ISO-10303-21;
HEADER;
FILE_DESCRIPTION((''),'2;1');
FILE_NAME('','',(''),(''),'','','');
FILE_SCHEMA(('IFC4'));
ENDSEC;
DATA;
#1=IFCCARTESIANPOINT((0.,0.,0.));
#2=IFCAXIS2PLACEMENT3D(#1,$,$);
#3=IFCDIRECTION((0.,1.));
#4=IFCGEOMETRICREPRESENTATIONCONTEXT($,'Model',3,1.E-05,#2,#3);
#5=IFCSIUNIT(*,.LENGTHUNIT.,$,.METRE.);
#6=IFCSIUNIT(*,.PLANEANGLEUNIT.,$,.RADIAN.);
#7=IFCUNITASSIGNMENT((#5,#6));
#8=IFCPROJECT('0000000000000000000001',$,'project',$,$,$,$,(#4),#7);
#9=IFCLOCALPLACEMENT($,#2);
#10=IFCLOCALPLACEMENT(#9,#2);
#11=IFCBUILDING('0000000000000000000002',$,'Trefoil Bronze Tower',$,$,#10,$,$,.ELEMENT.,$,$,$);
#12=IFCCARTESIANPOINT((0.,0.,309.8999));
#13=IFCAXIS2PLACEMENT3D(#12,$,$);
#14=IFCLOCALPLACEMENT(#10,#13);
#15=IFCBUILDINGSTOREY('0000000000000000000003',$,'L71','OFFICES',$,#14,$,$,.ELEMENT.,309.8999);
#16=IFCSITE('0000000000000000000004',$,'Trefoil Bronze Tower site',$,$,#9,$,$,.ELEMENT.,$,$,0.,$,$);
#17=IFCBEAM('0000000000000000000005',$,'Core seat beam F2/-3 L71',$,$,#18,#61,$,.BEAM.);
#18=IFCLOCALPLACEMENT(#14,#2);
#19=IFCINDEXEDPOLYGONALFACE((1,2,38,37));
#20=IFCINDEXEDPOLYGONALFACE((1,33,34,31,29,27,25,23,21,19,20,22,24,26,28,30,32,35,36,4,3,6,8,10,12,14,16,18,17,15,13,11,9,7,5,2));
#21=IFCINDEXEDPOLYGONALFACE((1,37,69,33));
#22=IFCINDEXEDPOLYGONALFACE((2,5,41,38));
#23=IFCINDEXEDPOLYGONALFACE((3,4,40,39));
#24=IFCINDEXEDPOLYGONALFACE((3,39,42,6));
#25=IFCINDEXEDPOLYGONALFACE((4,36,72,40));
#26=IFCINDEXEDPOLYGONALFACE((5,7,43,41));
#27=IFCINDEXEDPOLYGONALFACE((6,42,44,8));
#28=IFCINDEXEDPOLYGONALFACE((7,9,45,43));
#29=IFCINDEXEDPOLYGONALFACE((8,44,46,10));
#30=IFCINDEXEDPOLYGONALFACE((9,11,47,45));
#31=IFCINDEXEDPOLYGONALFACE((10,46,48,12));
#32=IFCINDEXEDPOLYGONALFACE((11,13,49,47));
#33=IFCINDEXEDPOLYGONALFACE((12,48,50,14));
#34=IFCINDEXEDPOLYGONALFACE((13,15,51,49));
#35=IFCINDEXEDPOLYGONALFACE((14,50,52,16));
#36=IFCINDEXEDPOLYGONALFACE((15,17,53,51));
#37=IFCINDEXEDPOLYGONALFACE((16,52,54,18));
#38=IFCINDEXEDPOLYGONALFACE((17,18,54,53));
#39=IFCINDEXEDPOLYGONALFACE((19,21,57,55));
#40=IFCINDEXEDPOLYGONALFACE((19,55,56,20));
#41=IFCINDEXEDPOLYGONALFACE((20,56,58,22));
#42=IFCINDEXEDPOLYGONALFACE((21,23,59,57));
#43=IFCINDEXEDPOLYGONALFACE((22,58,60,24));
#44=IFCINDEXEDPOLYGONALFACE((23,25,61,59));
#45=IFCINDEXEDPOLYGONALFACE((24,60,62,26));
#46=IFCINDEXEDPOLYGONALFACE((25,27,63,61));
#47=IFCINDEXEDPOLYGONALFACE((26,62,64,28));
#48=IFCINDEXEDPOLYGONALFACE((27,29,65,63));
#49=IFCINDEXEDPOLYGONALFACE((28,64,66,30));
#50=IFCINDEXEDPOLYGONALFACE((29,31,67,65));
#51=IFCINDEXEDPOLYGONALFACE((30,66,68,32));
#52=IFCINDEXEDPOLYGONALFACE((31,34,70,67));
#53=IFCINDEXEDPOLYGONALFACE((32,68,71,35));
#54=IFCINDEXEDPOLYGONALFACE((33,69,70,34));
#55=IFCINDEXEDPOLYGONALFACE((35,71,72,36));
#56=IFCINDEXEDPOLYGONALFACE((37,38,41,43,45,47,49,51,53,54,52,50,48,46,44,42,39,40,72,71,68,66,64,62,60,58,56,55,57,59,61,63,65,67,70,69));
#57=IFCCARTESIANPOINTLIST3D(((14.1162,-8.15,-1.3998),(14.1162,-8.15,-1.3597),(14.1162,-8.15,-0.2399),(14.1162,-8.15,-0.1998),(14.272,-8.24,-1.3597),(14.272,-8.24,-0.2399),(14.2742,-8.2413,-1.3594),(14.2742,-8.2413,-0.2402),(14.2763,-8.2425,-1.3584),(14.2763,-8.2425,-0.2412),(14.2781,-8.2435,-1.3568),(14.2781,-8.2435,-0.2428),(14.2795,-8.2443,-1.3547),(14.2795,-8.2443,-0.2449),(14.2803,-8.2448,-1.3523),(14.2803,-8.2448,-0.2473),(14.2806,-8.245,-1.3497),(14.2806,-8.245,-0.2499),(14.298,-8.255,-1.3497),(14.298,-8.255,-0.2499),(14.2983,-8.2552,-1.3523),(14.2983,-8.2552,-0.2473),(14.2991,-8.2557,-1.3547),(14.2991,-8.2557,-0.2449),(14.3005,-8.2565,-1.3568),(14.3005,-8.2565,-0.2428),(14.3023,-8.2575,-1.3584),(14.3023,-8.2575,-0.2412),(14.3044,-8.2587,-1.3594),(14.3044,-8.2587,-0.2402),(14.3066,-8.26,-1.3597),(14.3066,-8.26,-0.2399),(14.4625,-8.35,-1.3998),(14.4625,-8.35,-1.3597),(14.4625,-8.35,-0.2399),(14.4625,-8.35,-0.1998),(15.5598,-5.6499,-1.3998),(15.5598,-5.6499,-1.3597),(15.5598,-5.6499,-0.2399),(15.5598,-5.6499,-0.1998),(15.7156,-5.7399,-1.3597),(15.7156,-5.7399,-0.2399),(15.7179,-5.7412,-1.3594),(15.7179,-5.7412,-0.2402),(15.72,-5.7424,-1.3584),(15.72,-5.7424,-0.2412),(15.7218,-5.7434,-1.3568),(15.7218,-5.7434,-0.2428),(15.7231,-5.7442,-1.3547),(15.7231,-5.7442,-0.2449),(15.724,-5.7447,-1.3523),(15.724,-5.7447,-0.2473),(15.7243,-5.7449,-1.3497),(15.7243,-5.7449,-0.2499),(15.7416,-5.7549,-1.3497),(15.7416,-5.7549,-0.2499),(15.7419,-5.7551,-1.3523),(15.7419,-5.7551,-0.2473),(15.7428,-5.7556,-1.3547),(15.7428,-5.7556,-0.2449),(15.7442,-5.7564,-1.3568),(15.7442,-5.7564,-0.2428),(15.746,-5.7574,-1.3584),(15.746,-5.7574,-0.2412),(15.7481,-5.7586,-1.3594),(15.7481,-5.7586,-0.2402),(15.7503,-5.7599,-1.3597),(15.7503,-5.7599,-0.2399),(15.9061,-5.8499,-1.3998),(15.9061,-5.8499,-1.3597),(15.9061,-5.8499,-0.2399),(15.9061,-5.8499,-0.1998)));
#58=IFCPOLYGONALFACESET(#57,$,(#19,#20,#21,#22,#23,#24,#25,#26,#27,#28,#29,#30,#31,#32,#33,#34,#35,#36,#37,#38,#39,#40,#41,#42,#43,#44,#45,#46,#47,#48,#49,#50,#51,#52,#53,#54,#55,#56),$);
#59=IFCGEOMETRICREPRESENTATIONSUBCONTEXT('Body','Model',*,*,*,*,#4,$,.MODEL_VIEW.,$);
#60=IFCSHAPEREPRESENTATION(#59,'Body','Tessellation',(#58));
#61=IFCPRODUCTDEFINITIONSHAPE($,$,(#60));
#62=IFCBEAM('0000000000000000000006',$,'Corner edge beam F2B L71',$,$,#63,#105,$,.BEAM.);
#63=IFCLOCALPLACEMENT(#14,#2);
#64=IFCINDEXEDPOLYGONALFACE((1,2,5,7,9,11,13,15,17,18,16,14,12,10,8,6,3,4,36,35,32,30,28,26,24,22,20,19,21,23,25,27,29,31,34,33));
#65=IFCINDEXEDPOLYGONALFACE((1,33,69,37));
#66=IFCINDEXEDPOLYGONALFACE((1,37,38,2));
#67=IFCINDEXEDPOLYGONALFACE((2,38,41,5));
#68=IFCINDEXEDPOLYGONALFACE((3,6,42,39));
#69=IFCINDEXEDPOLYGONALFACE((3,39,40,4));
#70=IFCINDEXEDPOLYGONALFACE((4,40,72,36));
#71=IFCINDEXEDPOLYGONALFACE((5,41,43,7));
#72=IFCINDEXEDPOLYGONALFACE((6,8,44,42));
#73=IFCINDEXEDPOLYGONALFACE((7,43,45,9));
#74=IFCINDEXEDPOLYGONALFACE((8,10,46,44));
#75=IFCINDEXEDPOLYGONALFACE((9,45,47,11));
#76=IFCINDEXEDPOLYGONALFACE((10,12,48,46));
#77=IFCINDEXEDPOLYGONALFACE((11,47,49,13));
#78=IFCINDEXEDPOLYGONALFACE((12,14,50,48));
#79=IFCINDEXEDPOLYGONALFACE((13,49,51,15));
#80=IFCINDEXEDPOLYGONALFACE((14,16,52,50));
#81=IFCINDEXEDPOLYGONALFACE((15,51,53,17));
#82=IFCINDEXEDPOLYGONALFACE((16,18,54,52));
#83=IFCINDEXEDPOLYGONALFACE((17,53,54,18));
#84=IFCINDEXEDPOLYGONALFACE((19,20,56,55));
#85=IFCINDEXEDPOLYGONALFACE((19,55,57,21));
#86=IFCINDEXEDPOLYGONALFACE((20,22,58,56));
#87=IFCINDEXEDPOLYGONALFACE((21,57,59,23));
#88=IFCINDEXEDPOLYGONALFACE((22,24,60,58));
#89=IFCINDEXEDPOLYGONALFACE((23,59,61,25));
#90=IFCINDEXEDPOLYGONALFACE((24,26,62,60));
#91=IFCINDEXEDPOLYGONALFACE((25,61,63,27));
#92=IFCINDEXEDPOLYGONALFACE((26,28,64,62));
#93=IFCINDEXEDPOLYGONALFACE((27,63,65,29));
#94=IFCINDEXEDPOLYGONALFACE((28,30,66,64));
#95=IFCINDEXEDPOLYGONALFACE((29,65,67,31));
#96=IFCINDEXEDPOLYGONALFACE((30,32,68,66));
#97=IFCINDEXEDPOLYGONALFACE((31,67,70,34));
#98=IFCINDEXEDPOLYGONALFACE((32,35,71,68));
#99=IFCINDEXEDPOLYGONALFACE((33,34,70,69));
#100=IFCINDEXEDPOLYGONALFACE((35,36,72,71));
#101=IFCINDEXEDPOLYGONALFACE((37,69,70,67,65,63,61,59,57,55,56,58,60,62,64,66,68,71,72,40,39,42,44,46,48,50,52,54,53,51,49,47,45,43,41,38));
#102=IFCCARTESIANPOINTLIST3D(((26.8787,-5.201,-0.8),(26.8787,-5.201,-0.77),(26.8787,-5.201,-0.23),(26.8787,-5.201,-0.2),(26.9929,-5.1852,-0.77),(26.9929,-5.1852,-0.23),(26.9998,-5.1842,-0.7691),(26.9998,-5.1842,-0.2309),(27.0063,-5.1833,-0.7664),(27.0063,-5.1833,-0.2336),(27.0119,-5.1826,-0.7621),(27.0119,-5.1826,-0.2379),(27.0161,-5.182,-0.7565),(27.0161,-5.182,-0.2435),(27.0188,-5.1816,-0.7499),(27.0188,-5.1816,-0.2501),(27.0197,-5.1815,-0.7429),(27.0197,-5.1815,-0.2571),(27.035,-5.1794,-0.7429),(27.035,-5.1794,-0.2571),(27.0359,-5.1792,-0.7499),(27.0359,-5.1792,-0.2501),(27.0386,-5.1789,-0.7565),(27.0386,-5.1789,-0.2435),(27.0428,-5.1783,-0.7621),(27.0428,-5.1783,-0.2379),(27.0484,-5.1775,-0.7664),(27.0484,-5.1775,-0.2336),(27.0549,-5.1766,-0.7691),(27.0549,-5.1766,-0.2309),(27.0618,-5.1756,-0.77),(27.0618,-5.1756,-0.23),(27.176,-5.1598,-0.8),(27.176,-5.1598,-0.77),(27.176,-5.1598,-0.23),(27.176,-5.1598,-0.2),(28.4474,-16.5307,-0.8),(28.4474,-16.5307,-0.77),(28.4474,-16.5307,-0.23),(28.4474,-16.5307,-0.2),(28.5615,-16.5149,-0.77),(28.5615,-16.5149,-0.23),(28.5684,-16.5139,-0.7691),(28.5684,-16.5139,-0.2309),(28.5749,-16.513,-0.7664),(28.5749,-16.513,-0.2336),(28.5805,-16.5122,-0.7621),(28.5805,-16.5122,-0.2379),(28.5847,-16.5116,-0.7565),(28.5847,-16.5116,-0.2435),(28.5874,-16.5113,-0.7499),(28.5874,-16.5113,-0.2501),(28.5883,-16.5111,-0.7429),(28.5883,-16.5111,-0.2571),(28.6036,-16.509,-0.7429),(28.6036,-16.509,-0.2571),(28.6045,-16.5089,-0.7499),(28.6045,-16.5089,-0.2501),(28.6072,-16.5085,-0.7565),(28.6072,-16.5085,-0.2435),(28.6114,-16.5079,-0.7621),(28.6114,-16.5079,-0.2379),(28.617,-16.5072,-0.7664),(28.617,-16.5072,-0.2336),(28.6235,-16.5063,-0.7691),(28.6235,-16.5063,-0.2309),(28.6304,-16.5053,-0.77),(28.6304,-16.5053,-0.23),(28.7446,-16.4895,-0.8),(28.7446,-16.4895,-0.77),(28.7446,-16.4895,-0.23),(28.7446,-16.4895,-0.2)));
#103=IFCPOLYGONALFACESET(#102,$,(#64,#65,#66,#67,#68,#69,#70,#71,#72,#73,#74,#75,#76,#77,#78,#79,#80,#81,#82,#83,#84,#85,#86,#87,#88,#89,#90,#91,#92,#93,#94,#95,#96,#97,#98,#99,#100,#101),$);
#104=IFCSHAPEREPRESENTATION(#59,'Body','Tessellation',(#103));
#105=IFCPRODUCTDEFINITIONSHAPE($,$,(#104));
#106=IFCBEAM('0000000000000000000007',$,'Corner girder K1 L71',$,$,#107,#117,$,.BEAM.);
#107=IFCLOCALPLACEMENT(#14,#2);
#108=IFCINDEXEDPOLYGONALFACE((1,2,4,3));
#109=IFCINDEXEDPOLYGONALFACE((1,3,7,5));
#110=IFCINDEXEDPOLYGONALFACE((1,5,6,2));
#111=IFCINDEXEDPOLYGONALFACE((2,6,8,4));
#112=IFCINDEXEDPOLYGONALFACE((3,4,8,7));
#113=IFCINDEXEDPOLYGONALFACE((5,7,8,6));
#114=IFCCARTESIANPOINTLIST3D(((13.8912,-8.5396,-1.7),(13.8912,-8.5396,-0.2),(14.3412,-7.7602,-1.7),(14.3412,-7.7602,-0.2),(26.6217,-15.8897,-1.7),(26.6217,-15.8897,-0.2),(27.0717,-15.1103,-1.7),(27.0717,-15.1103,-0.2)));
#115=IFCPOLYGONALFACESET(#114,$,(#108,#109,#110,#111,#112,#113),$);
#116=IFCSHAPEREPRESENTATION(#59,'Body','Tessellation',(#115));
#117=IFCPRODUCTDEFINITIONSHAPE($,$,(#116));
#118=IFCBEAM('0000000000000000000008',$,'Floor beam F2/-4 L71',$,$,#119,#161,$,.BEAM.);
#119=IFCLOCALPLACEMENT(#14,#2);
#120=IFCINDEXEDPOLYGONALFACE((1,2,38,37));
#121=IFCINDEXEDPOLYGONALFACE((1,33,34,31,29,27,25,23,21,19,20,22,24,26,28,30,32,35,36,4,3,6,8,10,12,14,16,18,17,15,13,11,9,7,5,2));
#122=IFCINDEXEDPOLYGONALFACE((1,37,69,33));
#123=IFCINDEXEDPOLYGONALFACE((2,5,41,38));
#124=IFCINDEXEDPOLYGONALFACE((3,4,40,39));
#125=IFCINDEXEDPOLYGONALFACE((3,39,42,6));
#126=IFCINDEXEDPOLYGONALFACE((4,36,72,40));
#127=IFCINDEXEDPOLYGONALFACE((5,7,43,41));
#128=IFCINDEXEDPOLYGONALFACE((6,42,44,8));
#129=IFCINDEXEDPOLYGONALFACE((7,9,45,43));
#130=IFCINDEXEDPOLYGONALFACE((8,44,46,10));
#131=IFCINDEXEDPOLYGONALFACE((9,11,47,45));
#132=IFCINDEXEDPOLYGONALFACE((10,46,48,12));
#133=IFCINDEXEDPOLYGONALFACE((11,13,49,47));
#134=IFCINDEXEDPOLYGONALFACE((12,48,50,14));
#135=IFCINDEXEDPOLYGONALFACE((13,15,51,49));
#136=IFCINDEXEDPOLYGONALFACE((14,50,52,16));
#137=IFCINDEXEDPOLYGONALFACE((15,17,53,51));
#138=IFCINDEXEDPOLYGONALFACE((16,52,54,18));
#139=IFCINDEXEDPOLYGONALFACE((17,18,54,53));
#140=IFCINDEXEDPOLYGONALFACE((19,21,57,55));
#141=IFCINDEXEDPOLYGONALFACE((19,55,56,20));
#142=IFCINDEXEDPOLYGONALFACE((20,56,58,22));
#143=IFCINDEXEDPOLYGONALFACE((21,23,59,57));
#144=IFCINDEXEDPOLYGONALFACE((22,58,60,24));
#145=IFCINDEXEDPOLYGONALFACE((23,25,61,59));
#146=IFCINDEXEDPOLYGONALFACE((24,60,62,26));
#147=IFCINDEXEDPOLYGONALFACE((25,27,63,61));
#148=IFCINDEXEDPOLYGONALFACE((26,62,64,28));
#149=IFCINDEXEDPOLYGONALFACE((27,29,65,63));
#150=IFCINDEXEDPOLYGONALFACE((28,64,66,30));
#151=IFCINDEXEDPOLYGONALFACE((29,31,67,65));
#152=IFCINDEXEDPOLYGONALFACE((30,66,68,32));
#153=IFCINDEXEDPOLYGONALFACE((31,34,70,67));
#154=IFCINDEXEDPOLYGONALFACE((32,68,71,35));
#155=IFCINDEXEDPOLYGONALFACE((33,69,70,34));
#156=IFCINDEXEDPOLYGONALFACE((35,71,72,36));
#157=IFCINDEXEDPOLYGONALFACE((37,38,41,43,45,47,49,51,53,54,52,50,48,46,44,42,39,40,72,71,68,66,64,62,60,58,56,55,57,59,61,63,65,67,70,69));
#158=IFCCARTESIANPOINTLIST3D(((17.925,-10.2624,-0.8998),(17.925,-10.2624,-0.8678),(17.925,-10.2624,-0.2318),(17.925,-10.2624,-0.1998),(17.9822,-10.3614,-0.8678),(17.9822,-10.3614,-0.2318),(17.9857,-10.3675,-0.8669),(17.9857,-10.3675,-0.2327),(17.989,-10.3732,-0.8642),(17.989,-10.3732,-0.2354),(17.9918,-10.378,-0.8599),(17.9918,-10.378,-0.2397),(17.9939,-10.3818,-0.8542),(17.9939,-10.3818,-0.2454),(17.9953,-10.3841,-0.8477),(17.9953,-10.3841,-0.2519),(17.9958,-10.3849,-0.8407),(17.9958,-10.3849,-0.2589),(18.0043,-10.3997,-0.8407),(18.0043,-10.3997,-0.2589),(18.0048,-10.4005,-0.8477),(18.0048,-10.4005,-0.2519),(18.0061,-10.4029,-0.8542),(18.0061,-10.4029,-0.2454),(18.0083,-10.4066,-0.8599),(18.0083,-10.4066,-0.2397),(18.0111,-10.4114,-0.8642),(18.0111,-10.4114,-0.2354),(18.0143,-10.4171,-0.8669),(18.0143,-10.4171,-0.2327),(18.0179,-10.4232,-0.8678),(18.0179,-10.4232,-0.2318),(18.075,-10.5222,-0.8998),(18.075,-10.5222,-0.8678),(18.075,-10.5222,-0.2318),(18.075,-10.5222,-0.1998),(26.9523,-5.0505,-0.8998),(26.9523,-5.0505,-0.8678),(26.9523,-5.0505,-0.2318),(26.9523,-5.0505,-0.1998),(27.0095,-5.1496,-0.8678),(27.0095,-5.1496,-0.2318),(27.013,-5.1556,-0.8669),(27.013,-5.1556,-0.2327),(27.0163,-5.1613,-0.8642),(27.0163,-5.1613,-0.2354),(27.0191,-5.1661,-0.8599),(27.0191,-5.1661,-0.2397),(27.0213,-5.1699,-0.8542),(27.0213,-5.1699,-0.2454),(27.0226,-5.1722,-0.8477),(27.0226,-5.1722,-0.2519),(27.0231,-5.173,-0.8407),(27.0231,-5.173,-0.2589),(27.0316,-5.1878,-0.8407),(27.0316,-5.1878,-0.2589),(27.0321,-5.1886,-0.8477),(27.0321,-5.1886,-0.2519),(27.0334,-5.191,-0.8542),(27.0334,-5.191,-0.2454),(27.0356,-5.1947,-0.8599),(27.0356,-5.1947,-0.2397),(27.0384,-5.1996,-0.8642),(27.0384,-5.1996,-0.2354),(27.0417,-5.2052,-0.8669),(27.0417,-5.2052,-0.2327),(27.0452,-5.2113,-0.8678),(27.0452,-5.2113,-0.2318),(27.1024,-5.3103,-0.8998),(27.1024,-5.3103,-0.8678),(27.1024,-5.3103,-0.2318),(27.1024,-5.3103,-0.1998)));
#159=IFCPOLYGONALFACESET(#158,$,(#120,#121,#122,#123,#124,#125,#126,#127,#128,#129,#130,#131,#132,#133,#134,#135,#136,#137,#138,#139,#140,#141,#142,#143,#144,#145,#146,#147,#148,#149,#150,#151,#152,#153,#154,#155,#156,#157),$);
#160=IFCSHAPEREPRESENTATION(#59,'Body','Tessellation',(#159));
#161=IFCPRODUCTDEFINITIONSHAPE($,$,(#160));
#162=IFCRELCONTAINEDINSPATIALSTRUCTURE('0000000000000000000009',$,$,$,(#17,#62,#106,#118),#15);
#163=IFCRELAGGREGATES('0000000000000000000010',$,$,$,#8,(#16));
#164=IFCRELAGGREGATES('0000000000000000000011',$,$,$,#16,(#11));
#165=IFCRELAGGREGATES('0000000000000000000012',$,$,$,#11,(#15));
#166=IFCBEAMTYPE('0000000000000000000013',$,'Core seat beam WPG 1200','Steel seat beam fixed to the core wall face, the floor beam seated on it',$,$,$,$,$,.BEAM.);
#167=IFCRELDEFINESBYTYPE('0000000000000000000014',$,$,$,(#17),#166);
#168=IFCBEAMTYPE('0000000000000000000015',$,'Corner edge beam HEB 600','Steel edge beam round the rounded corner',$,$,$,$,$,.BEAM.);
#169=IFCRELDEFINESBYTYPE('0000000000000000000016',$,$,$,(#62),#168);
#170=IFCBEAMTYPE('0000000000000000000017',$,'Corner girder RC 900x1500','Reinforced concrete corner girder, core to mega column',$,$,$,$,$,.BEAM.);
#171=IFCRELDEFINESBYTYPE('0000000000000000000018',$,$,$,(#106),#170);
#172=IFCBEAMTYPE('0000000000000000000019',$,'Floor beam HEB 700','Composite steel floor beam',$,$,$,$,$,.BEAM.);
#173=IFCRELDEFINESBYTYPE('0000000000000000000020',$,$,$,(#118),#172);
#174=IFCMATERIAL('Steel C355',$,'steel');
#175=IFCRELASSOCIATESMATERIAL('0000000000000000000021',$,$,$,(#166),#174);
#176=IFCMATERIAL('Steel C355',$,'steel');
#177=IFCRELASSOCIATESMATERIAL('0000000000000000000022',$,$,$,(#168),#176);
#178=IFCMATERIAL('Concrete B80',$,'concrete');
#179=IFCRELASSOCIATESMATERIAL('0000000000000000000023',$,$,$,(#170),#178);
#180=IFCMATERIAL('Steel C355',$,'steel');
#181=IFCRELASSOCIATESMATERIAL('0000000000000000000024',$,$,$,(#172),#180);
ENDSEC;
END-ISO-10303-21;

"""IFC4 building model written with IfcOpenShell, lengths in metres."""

from ifc_helpers import new_model, si_unit, direction, frame, origin, origin_2d, place, context, subcontext, project, spatial, rectangle, i_section, extrude, material, material_profile, profile_set, type_object, element, save


model = new_model("IFC4")

# Units and contexts
model_context = context("Model", 3, precision=1e-05, world=origin(), true_north=direction((0.0, 1.0)))
body_context = subcontext(model_context, "Body", "Model", "MODEL_VIEW")
ifc_project = project(units=[si_unit("LENGTHUNIT", "METRE"), si_unit("PLANEANGLEUNIT", "RADIAN")], contexts=[model_context])

# Site, building, storey
site_placement = place(None, origin())
site = spatial("IfcSite", under=ifc_project, at=site_placement, Name="Trefoil Bronze Tower site", CompositionType="ELEMENT", RefElevation=0.0)
building_placement = place(site_placement, origin())
building = spatial("IfcBuilding", under=site, at=building_placement, Name="Trefoil Bronze Tower", CompositionType="ELEMENT")
storey_placement = place(building_placement, frame((0.0, 0.0, 309.8999)))
storey = spatial("IfcBuildingStorey", under=building, at=storey_placement, Name="L71", Description="OFFICES", CompositionType="ELEMENT", Elevation=309.8999)

# Beams
ifc_material_1 = material(Name="Steel C355", Category="steel")
ifc_material_profile_1 = material_profile(ifc_material_1, i_section(OverallWidth=0.3999, OverallDepth=1.2, WebThickness=0.02, FlangeThickness=0.04, FilletRadius=0.01, at=origin_2d()), Name="WPG 1200")
ifc_profile_set_1 = profile_set([ifc_material_profile_1], Name="Steel C355")
beam_type_1 = type_object("IfcBeamType", Name="Core seat beam WPG 1200", Description="Steel seat beam fixed to the core wall face, the floor beam seated on it", PredefinedType="BEAM", material=ifc_profile_set_1)
beam_1_placement = place(storey_placement, frame((14.2893, -8.25, -0.7998), z_axis=(0.500059, 0.865991, 0.0), x_axis=(-0.865991, 0.500059, 0.0)))
element("IfcBeam", 1, at=beam_1_placement, inside=storey, type_object=beam_type_1, Name="Core seat beam F2/-3 L71", PredefinedType="BEAM", context=body_context, shape_type="SweptSolid", body=[
    extrude(i_section(OverallWidth=0.3999, OverallDepth=1.2, WebThickness=0.02, FlangeThickness=0.04, FilletRadius=0.01, at=origin_2d()), origin(), (0.0, 0.0, 1.0), 2.887),
])
ifc_material_2 = material(Name="Steel C355", Category="steel")
ifc_material_profile_2 = material_profile(ifc_material_2, i_section(OverallWidth=0.3, OverallDepth=0.6001, WebThickness=0.0154, FlangeThickness=0.03, FilletRadius=0.0271, at=origin_2d()), Name="HEB 600")
ifc_profile_set_2 = profile_set([ifc_material_profile_2], Name="Steel C355")
beam_type_2 = type_object("IfcBeamType", Name="Corner edge beam HEB 600", Description="Steel edge beam round the rounded corner", PredefinedType="BEAM", material=ifc_profile_set_2)
beam_2_placement = place(storey_placement, frame((27.0273, -5.1804, -0.5), z_axis=(0.137144, -0.990551, 0.0), x_axis=(0.990551, 0.137144, 0.0)))
element("IfcBeam", 2, at=beam_2_placement, inside=storey, type_object=beam_type_2, Name="Corner edge beam F2B L71", PredefinedType="BEAM", context=body_context, shape_type="SweptSolid", body=[
    extrude(i_section(OverallWidth=0.3, OverallDepth=0.6001, WebThickness=0.0154, FlangeThickness=0.03, FilletRadius=0.0271, at=origin_2d()), origin(), (0.0, 0.0, 1.0), 11.4377),
])
ifc_material_3 = material(Name="Concrete B80", Category="concrete")
ifc_material_profile_3 = material_profile(ifc_material_3, rectangle(XDim=0.8999, YDim=1.5, at=origin_2d()), Name="RC 900x1500")
ifc_profile_set_3 = profile_set([ifc_material_profile_3], Name="Concrete B80")
beam_type_3 = type_object("IfcBeamType", Name="Corner girder RC 900x1500", Description="Reinforced concrete corner girder, core to mega column", PredefinedType="BEAM", material=ifc_profile_set_3)
beam_3_placement = place(storey_placement, frame((14.1162, -8.1499, -0.95), z_axis=(0.866021, -0.500008, 0.0), x_axis=(0.500008, 0.866021, 0.0)))
element("IfcBeam", 3, at=beam_3_placement, inside=storey, type_object=beam_type_3, Name="Corner girder K1 L71", PredefinedType="BEAM", context=body_context, shape_type="SweptSolid", body=[
    extrude(rectangle(XDim=0.8999, YDim=1.5, at=origin_2d()), origin(), (0.0, 0.0, 1.0), 14.7),
])
ifc_material_4 = material(Name="Steel C355", Category="steel")
ifc_material_profile_4 = material_profile(ifc_material_4, i_section(OverallWidth=0.3, OverallDepth=0.7, WebThickness=0.0171, FlangeThickness=0.032, FilletRadius=0.0271, at=origin_2d()), Name="HEB 700")
ifc_profile_set_4 = profile_set([ifc_material_profile_4], Name="Steel C355")
beam_type_4 = type_object("IfcBeamType", Name="Floor beam HEB 700", Description="Composite steel floor beam", PredefinedType="BEAM", material=ifc_profile_set_4)
beam_4_placement = place(storey_placement, frame((27.0273, -5.1804, -0.5498), z_axis=(-0.866026, -0.499998, 0.0), x_axis=(0.499998, -0.866026, 0.0)))
element("IfcBeam", 4, at=beam_4_placement, inside=storey, type_object=beam_type_4, Name="Floor beam F2/-4 L71", PredefinedType="BEAM", context=body_context, shape_type="SweptSolid", body=[
    extrude(i_section(OverallWidth=0.3, OverallDepth=0.7, WebThickness=0.0171, FlangeThickness=0.032, FilletRadius=0.0271, at=origin_2d()), origin(), (0.0, 0.0, 1.0), 10.4238),
])

save(model, "model.ifc")
